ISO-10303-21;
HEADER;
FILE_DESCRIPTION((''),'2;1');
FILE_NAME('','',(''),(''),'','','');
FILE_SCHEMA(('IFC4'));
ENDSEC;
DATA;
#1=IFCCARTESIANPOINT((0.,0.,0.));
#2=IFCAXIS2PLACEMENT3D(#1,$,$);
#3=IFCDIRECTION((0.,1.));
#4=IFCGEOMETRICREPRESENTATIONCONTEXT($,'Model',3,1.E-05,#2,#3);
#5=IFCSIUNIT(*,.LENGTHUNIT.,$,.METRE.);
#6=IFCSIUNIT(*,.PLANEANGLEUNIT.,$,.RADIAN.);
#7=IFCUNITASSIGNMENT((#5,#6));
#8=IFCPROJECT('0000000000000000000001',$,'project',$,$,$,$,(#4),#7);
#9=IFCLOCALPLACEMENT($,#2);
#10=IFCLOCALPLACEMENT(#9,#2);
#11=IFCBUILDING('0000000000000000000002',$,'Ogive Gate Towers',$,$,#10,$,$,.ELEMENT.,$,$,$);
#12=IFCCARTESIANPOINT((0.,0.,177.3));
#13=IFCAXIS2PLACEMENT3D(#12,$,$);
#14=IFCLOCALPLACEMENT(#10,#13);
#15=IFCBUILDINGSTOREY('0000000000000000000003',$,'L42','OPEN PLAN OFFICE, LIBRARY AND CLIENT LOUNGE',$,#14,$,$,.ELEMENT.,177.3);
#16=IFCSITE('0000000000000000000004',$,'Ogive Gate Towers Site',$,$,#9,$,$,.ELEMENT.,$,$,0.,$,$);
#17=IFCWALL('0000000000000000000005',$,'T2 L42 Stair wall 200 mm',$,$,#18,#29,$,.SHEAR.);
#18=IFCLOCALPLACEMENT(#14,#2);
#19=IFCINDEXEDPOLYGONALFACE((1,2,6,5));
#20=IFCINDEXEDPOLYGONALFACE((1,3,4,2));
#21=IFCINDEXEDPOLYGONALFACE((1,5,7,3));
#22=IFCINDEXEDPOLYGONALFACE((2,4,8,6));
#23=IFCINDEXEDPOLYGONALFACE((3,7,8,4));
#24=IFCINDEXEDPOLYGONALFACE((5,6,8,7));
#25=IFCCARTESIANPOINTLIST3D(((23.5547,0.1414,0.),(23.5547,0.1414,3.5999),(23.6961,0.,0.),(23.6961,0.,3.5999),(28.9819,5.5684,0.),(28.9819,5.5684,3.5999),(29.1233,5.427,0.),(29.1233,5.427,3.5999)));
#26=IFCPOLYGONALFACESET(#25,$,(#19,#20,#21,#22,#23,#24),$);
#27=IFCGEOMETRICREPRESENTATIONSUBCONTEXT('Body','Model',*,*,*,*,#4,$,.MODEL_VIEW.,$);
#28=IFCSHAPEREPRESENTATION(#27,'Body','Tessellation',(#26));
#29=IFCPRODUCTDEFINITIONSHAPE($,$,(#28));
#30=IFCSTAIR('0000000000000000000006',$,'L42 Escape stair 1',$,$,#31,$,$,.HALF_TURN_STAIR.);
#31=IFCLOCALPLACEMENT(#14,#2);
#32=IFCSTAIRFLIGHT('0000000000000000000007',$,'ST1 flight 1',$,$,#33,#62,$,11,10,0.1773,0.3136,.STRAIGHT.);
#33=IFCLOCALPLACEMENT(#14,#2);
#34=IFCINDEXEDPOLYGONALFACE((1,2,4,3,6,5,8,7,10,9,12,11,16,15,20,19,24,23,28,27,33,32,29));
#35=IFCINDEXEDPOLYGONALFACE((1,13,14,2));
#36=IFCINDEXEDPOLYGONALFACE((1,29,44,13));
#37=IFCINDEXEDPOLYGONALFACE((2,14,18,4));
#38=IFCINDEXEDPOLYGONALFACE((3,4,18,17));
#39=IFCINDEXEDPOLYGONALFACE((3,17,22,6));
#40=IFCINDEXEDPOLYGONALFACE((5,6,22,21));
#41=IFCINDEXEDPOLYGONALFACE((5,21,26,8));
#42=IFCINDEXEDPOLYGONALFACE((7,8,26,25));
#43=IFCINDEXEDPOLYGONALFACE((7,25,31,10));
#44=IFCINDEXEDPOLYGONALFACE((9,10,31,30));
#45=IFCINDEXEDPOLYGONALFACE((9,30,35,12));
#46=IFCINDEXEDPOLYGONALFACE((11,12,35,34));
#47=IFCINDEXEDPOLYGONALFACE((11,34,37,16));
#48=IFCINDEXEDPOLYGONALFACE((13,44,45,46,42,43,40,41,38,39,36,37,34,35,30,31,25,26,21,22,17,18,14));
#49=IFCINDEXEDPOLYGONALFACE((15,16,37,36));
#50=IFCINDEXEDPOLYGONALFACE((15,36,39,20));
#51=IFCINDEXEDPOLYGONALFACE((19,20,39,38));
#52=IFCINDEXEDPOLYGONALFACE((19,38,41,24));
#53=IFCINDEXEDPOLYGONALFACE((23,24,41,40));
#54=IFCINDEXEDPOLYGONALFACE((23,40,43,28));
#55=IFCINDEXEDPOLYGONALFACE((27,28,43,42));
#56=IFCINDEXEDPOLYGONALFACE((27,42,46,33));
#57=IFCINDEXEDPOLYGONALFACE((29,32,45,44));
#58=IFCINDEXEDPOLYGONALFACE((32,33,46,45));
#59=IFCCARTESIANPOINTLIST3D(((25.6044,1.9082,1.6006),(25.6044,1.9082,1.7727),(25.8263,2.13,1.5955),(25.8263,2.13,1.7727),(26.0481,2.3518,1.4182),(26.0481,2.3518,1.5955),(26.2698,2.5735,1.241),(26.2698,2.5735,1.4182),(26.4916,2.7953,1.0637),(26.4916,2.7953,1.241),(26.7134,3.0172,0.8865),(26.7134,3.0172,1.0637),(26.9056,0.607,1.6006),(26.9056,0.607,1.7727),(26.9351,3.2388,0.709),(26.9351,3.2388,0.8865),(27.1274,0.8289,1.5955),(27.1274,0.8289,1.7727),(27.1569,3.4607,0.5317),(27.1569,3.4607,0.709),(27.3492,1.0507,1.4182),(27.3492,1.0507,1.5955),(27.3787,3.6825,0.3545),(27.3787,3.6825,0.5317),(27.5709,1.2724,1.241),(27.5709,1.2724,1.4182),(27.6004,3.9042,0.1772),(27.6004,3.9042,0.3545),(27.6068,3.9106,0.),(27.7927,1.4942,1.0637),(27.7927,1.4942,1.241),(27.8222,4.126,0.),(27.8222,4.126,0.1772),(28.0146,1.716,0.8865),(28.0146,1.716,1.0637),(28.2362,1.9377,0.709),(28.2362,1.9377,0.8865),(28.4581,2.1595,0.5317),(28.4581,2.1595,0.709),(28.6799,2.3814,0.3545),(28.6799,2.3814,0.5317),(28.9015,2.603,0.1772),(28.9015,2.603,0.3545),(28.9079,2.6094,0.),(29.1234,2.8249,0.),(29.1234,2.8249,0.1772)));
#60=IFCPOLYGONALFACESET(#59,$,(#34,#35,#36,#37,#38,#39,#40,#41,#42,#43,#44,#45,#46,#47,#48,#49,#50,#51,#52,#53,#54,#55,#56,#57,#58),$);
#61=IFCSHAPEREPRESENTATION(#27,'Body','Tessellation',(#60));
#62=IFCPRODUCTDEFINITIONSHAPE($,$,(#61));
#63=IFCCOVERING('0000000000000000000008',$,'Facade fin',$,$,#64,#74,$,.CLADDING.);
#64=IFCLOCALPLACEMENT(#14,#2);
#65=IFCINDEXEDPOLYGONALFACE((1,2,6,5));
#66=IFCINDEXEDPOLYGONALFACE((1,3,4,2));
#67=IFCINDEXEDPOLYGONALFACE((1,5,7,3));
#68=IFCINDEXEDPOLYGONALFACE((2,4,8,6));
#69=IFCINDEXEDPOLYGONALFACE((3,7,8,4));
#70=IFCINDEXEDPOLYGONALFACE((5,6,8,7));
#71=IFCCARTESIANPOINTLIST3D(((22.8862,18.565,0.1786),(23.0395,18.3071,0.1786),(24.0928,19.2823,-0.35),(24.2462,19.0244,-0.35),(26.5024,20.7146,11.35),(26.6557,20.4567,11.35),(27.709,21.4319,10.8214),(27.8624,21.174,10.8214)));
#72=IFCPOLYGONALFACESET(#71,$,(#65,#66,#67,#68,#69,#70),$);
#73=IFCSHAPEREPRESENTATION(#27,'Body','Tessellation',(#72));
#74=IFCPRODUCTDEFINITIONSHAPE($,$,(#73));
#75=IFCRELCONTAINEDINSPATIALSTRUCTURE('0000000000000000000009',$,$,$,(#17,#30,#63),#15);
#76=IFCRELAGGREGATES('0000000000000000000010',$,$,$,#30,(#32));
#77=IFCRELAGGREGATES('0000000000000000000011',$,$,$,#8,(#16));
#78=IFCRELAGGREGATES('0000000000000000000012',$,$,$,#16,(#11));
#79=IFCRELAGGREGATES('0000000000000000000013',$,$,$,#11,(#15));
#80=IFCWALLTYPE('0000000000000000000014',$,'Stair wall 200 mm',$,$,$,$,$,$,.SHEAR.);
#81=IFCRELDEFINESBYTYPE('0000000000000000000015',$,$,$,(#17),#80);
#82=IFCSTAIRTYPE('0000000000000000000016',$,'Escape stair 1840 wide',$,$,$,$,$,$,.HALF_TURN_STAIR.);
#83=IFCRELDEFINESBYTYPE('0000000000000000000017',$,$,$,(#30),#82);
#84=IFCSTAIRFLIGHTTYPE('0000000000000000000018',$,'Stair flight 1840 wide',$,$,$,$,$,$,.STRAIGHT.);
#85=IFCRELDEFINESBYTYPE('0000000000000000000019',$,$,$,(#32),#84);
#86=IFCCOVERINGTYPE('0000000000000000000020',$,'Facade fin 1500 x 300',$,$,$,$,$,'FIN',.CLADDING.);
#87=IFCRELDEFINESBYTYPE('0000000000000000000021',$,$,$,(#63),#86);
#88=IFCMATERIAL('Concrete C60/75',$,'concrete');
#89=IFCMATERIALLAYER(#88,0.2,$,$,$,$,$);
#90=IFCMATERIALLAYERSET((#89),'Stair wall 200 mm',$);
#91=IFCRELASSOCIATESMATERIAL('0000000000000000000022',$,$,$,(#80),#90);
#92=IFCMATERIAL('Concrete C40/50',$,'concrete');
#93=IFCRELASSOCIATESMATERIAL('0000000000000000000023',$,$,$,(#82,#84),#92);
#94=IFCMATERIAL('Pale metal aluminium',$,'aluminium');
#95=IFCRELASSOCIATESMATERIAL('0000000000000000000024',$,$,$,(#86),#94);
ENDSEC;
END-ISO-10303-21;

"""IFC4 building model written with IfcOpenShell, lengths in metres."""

from ifc_helpers import new_model, si_unit, direction, frame, frame_2d, origin, origin_2d, place, context, subcontext, project, spatial, polyline, rectangle, outline, extrude, material, layer, layer_set, material_profile, profile_set, type_object, element, aggregate, save


model = new_model("IFC4")

# Units and contexts
model_context = context("Model", 3, precision=1e-05, world=origin(), true_north=direction((0.0, 1.0)))
body_context = subcontext(model_context, "Body", "Model", "MODEL_VIEW")
ifc_project = project(units=[si_unit("LENGTHUNIT", "METRE"), si_unit("PLANEANGLEUNIT", "RADIAN")], contexts=[model_context])

# Site, building, storey
site_placement = place(None, origin())
site = spatial("IfcSite", under=ifc_project, at=site_placement, Name="Ogive Gate Towers Site", CompositionType="ELEMENT", RefElevation=0.0)
building_placement = place(site_placement, origin())
building = spatial("IfcBuilding", under=site, at=building_placement, Name="Ogive Gate Towers", CompositionType="ELEMENT")
storey_placement = place(building_placement, frame((0.0, 0.0, 177.3)))
storey = spatial("IfcBuildingStorey", under=building, at=storey_placement, Name="L42", Description="OPEN PLAN OFFICE, LIBRARY AND CLIENT LOUNGE", CompositionType="ELEMENT", Elevation=177.3)

# Shared definitions
ifc_material_1 = material(Name="Concrete C40/50", Category="concrete")

# Shared definitions
ifc_material_2 = material(Name="Pale metal aluminium", Category="aluminium")

# Shared definitions
ifc_material_3 = material(Name="Concrete C60/75", Category="concrete")

# Wall
ifc_layer_1 = layer(ifc_material_3, 0.2)
ifc_layer_set_1 = layer_set([ifc_layer_1], Name="Stair wall 200 mm")
wall_type_1 = type_object("IfcWallType", Name="Stair wall 200 mm", PredefinedType="SHEAR", material=ifc_layer_set_1)
wall_1_placement = place(storey_placement, frame((23.6255, 0.0708, 0.0), z_axis=(0.0, 0.0, 1.0), x_axis=(0.707123, 0.707091, 0.0)))
element("IfcWall", 1, at=wall_1_placement, inside=storey, type_object=wall_type_1, Name="T2 L42 Stair wall 200 mm", PredefinedType="SHEAR", context=body_context, shape_type="SweptSolid", body=[
    extrude(rectangle(XDim=7.675, YDim=0.2, at=frame_2d((3.8374, 0.0))), origin(), (0.0, 0.0, 1.0), 3.5999),
])

# Stair, stair flight
stair_type = type_object("IfcStairType", Name="Escape stair 1840 wide", PredefinedType="HALF_TURN_STAIR", material=ifc_material_1)
stair_placement = place(storey_placement, origin())
stair = element("IfcStair", 2, at=stair_placement, inside=storey, type_object=stair_type, Name="L42 Escape stair 1", PredefinedType="HALF_TURN_STAIR")
stair_flight_type = type_object("IfcStairFlightType", Name="Stair flight 1840 wide", PredefinedType="STRAIGHT", material=ifc_material_1)
stair_flight_placement = place(storey_placement, frame((28.4729, 3.4753, 0.0), z_axis=(0.0, 0.0, 1.0), x_axis=(-0.707107, -0.707107, 0.0)))
stair_flight = element("IfcStairFlight", 3, at=stair_flight_placement, type_object=stair_flight_type, Name="ST1 flight 1", NumberOfRisers=11, NumberOfTreads=10, PredefinedType="STRAIGHT", RiserHeight=0.1773, TreadLength=0.3136, context=body_context, shape_type="SweptSolid", body=[
    extrude(outline(polyline([(0.0, 0.0), (0.0, 0.1772), (0.3137, 0.1772), (0.3137, 0.3545), (0.6272, 0.3545), (0.6272, 0.5317), (0.9409, 0.5317), (0.9409, 0.709), (1.2546, 0.709), (1.2546, 0.8865), (1.5681, 0.8865), (1.5681, 1.0637), (1.8818, 1.0637), (1.8818, 1.241), (2.1956, 1.241), (2.1956, 1.4182), (2.509, 1.4182), (2.509, 1.5955), (2.8228, 1.5955), (2.8228, 1.7727), (3.1365, 1.7727), (3.1365, 1.95), (3.1365, 1.6006), (0.3047, 0.0), (0.0, 0.0)])), frame((0.0, 0.9199, 0.0), z_axis=(0.0, -1.0, 0.0), x_axis=(1.0, 0.0, 0.0)), (0.0, 0.0, 1.0), 1.8401),
])
aggregate(stair, [stair_flight])

# Covering
ifc_material_profile_1 = material_profile(ifc_material_2, rectangle(XDim=0.3, YDim=1.5, at=origin_2d()), Name="1500 x 300 pale metal aluminium")
ifc_profile_set_1 = profile_set([ifc_material_profile_1], Name="Pale metal aluminium")
covering_type = type_object("IfcCoveringType", Name="Facade fin 1500 x 300", ElementType="FIN", PredefinedType="CLADDING", material=ifc_profile_set_1)
covering_placement = place(storey_placement, frame((23.5662, 18.7947, -0.0857), z_axis=(0.302935, 0.18008, 0.935843), x_axis=(-0.510984, 0.85959, 0.0)))
element("IfcCovering", 4, at=covering_placement, inside=storey, type_object=covering_type, Name="Facade fin", PredefinedType="CLADDING", context=body_context, shape_type="SweptSolid", body=[
    extrude(rectangle(XDim=0.3, YDim=1.5, at=origin_2d()), origin(), (0.0, 0.0, 1.0), 11.9373),
])

save(model, "model.ifc")
